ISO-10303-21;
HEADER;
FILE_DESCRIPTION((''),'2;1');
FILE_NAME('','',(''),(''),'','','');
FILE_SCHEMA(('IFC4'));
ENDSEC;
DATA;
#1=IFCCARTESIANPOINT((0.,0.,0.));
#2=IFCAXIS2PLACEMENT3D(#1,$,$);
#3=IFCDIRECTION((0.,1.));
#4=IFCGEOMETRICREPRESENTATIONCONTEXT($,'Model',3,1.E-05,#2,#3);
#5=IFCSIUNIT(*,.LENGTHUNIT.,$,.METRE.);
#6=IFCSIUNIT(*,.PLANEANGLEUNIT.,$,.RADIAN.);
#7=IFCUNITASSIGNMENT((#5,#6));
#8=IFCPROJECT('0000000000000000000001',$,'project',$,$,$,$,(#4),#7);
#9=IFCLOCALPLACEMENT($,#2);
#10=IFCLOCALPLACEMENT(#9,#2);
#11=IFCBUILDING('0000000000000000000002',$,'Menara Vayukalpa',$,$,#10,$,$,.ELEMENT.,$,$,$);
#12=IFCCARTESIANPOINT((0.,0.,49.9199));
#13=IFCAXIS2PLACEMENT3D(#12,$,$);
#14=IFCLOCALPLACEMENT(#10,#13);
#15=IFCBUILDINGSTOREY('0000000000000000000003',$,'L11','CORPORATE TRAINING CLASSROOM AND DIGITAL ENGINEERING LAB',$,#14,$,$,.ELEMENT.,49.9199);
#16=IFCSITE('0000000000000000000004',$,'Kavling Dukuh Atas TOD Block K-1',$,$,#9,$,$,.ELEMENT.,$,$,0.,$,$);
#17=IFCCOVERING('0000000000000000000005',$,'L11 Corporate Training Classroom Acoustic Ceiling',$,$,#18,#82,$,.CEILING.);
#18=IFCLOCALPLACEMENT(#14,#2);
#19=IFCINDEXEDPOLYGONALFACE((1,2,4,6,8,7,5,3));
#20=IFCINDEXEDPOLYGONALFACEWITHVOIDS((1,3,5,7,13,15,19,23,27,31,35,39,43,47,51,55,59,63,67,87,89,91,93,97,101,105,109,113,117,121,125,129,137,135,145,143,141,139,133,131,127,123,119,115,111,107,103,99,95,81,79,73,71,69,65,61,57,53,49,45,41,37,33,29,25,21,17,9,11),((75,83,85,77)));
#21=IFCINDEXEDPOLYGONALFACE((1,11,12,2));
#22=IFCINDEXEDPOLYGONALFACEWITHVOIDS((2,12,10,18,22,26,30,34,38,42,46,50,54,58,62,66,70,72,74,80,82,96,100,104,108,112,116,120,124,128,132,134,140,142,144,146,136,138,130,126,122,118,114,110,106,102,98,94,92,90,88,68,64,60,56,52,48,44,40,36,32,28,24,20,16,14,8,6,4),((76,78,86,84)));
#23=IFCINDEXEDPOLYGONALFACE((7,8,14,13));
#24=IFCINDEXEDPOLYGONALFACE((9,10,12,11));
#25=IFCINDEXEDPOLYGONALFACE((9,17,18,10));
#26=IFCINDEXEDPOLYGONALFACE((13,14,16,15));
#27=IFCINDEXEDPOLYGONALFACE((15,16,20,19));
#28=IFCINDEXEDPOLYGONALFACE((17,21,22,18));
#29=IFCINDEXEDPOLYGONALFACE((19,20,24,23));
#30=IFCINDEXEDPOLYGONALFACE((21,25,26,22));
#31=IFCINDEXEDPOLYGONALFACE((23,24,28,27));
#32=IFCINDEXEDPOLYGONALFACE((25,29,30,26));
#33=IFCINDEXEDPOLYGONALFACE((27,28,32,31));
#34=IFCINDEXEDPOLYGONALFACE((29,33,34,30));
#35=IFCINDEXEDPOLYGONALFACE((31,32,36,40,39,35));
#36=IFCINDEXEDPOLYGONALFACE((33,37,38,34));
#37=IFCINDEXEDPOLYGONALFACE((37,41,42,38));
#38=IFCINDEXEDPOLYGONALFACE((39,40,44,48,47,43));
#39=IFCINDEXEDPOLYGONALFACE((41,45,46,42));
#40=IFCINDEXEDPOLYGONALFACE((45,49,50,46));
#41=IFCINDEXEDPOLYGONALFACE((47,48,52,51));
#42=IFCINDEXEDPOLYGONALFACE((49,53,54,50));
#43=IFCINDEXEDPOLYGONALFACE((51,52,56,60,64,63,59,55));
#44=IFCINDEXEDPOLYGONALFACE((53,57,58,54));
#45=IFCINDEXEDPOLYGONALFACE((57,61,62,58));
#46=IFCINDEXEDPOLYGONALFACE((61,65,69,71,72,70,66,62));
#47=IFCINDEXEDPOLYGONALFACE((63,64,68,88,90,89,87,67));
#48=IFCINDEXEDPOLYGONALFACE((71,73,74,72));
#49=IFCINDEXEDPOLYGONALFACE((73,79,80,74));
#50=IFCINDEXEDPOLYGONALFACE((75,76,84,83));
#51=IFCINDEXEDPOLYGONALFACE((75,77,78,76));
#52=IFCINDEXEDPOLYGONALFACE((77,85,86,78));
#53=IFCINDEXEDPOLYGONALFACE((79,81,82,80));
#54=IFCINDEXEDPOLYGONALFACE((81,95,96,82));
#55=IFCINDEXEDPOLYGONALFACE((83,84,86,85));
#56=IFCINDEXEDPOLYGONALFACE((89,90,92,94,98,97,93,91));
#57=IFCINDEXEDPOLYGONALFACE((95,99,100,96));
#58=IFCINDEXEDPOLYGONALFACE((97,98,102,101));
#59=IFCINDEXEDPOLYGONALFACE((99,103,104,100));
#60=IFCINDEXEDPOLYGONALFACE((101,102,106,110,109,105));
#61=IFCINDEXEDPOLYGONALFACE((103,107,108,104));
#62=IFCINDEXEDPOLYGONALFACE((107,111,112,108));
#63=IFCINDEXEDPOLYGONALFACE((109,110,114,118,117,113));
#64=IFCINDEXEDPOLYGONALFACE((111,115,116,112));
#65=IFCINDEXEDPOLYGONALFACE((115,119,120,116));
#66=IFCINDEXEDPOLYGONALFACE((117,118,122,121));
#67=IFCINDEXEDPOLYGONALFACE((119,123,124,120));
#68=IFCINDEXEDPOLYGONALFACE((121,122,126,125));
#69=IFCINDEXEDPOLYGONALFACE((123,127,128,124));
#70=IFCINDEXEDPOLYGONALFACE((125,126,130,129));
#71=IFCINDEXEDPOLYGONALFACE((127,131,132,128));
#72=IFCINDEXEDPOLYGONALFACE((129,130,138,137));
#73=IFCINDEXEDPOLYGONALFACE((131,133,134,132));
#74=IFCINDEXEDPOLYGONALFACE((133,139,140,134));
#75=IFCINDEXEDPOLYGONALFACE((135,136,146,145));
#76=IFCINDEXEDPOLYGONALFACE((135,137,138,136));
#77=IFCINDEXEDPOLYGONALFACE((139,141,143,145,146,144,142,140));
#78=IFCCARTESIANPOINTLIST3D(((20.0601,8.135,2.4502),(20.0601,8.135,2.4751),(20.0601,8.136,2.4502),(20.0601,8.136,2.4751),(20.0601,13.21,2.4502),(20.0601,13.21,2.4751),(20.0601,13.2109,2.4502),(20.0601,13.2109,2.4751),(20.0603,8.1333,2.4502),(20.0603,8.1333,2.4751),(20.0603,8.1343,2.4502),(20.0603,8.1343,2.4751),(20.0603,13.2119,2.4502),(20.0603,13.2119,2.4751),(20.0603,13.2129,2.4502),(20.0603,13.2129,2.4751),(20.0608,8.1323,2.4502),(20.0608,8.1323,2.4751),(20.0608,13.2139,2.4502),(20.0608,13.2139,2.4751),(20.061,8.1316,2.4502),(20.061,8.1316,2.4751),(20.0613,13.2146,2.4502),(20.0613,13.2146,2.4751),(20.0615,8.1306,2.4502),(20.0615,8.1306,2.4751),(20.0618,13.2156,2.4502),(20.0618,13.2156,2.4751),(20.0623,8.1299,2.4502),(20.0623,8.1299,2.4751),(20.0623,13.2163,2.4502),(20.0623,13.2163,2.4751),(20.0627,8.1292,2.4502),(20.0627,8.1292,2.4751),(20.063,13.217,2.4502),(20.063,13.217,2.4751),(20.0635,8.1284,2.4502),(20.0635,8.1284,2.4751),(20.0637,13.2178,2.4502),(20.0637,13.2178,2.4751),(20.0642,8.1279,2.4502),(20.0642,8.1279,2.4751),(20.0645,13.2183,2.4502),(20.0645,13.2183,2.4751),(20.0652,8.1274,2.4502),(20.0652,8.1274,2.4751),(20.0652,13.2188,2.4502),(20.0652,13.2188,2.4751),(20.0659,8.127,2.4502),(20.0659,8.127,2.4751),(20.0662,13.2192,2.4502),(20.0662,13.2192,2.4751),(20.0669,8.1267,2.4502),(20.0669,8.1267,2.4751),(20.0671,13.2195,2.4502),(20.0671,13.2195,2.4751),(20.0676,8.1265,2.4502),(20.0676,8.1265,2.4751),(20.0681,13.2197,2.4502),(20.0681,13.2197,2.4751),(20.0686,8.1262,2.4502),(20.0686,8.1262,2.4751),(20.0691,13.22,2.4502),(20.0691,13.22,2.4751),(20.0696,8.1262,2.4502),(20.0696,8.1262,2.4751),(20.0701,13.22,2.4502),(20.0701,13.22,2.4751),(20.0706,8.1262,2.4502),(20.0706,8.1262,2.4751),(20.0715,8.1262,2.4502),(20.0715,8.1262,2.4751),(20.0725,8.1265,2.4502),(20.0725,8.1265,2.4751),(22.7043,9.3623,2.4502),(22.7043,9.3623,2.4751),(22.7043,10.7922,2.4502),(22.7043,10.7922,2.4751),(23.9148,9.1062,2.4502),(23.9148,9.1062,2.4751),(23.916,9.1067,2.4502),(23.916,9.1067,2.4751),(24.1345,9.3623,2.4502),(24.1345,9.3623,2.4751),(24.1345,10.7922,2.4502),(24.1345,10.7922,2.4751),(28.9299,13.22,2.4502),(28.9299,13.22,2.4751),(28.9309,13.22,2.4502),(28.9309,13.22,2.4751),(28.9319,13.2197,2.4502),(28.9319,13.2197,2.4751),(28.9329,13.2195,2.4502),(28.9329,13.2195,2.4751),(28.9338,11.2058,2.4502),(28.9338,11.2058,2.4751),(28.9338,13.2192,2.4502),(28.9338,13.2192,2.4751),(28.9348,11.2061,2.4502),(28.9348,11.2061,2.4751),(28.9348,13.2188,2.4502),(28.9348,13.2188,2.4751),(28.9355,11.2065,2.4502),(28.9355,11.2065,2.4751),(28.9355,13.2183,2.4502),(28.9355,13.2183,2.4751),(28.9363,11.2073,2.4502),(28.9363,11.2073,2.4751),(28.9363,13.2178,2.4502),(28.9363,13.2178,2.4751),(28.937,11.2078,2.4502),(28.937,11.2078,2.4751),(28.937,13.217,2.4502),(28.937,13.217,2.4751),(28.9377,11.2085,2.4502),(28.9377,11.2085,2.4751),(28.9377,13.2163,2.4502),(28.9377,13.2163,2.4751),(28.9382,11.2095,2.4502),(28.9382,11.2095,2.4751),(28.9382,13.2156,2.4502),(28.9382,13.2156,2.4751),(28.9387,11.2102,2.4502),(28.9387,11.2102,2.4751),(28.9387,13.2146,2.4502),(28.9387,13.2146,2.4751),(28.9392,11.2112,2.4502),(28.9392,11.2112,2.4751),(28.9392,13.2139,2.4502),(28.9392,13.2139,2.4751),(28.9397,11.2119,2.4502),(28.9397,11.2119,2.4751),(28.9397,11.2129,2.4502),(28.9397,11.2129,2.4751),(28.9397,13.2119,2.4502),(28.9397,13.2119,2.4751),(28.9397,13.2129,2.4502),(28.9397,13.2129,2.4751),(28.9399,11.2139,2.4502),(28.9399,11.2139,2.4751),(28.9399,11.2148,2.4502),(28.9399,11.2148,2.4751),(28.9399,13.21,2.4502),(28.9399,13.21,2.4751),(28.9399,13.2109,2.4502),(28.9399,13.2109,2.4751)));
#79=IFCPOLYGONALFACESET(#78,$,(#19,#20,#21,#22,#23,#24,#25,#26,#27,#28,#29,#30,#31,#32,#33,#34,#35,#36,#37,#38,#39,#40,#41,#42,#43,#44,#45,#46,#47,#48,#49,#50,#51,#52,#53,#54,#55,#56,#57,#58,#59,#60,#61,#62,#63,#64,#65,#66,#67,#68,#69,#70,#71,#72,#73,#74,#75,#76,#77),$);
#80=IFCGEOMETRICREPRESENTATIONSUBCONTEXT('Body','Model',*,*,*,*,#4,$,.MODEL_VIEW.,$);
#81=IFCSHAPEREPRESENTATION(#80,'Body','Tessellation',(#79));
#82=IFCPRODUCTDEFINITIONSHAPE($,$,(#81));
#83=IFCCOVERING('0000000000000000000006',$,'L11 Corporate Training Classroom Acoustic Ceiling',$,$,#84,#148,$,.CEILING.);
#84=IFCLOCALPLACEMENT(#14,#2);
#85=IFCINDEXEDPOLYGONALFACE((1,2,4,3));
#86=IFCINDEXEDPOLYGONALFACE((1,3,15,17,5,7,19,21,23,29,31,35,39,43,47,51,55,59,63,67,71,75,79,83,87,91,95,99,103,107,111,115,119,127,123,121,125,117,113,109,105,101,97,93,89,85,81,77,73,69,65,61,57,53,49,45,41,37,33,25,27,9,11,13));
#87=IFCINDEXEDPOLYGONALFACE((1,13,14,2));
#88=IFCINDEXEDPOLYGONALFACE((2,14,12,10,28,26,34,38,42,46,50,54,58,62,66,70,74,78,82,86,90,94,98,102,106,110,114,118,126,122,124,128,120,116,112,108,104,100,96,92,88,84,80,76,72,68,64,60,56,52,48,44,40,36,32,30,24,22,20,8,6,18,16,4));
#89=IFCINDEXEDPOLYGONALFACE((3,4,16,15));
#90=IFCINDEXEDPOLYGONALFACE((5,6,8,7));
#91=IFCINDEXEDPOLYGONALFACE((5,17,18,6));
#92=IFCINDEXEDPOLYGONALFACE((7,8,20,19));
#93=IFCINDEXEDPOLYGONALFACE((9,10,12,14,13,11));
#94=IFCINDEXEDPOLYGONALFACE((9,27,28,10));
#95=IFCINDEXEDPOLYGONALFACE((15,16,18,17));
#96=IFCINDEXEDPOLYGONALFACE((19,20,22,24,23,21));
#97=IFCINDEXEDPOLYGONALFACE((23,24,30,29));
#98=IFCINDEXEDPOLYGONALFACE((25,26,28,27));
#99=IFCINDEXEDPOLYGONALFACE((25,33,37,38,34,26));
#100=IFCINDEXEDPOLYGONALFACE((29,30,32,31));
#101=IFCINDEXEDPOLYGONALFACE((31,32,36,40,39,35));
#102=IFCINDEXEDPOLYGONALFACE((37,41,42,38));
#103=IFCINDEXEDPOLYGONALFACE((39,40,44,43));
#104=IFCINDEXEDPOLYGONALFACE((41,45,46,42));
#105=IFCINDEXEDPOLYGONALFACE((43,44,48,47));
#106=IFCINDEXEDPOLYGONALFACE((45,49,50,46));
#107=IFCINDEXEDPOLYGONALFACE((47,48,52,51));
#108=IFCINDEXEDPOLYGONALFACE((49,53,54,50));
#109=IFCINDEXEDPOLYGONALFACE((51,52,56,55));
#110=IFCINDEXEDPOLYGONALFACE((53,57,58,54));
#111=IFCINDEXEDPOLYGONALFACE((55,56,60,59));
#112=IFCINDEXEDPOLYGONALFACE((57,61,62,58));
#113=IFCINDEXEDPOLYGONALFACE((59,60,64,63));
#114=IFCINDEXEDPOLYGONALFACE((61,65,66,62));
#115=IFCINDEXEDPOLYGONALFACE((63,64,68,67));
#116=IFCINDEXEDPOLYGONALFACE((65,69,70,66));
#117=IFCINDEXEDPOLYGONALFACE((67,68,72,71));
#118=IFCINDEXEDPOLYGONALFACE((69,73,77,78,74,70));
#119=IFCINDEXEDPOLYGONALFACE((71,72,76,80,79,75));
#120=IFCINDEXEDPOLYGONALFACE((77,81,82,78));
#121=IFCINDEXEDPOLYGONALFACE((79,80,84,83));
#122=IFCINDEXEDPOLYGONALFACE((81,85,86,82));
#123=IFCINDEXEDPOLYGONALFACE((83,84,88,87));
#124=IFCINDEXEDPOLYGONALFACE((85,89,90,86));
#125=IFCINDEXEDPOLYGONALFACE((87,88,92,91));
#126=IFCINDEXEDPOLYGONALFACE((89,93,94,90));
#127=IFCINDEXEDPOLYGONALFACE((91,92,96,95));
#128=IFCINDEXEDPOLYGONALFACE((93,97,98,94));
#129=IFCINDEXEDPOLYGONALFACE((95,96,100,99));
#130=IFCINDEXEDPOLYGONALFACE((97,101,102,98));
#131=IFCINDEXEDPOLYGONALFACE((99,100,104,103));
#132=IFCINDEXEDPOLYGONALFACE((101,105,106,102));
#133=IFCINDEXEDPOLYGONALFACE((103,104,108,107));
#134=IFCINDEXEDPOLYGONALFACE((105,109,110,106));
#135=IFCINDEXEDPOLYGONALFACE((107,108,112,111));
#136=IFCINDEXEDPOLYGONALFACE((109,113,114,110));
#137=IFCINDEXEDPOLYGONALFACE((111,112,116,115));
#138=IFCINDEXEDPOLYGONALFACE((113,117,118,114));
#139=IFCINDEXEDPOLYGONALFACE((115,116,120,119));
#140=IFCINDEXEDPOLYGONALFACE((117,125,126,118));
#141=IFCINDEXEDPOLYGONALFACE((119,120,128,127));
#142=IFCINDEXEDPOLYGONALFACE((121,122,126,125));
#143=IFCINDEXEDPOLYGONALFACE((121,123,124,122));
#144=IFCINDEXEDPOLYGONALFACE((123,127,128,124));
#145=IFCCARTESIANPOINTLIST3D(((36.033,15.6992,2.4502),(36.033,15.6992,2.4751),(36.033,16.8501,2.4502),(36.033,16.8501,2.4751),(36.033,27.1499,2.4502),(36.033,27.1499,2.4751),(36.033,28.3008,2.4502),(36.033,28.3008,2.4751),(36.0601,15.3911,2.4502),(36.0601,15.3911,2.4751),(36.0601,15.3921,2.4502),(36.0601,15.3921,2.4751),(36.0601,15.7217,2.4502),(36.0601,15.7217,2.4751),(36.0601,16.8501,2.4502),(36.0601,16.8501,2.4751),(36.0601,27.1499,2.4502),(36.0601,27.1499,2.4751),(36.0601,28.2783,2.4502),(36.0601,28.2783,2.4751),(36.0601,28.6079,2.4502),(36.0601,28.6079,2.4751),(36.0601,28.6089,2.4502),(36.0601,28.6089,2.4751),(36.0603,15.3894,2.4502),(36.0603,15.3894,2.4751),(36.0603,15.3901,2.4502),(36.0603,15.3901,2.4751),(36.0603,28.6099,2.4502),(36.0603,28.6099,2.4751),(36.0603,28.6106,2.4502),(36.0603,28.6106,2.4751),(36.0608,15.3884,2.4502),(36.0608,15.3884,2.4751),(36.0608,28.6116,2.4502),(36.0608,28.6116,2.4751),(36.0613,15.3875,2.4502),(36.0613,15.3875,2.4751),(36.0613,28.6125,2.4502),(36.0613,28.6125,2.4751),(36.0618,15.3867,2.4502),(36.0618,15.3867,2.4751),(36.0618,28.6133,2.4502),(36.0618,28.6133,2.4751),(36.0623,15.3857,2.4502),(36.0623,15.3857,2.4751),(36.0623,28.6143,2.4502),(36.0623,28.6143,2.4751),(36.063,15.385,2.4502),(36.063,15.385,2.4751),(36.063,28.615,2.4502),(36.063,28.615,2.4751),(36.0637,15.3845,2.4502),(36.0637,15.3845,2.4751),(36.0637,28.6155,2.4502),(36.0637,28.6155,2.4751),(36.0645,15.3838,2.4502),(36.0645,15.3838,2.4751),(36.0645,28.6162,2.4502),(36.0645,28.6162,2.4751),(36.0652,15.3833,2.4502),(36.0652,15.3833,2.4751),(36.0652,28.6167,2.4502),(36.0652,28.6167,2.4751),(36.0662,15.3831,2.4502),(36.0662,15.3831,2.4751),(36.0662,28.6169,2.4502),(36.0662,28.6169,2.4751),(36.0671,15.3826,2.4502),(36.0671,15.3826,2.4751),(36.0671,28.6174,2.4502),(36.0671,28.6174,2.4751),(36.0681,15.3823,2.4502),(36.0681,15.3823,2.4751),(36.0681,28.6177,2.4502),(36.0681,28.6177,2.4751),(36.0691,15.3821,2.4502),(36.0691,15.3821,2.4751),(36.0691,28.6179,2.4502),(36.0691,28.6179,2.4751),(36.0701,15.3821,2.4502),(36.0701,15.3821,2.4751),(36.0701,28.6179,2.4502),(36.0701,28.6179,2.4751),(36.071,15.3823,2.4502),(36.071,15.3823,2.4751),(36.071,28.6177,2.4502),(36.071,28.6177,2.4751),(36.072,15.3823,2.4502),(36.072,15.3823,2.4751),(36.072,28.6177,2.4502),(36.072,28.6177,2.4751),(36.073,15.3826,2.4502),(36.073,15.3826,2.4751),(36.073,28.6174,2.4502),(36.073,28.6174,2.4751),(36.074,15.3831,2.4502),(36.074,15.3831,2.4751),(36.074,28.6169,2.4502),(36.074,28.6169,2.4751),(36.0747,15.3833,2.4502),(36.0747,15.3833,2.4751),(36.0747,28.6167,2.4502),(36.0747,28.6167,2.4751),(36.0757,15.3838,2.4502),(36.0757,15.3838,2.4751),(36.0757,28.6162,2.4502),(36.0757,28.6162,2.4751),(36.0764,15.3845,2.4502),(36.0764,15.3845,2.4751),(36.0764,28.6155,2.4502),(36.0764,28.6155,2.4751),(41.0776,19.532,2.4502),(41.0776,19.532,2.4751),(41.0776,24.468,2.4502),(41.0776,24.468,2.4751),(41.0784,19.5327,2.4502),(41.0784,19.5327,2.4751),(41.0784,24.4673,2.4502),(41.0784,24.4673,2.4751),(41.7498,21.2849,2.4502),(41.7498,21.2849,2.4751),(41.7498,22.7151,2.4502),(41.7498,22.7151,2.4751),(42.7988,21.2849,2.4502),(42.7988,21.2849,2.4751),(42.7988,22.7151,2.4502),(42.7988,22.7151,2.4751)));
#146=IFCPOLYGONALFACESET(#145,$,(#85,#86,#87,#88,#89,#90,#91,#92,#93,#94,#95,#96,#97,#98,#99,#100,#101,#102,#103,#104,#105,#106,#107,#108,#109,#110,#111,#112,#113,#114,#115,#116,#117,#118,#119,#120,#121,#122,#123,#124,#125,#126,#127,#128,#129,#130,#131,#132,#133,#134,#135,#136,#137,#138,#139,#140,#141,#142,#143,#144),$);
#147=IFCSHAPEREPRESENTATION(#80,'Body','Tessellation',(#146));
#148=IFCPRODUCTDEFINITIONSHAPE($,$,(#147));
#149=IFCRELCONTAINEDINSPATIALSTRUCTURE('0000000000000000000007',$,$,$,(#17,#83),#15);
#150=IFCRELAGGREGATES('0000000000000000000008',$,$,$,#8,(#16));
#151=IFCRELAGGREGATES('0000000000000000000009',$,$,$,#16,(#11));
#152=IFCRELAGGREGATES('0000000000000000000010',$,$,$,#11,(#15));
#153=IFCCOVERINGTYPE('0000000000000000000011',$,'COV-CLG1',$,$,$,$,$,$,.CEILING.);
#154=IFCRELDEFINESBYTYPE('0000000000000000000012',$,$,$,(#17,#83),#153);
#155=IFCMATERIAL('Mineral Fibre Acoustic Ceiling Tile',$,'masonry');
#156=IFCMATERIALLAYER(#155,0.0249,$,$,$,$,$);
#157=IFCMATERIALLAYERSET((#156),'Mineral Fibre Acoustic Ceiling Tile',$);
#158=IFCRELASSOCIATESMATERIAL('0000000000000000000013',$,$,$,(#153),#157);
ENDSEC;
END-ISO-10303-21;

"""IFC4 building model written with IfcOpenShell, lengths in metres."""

from ifc_helpers import new_model, si_unit, direction, frame, origin, place, context, subcontext, project, spatial, polyline, outline, extrude, material, layer, layer_set, type_object, element, save


model = new_model("IFC4")

# Units and contexts
model_context = context("Model", 3, precision=1e-05, world=origin(), true_north=direction((0.0, 1.0)))
body_context = subcontext(model_context, "Body", "Model", "MODEL_VIEW")
ifc_project = project(units=[si_unit("LENGTHUNIT", "METRE"), si_unit("PLANEANGLEUNIT", "RADIAN")], contexts=[model_context])

# Site, building, storey
site_placement = place(None, origin())
site = spatial("IfcSite", under=ifc_project, at=site_placement, Name="Kavling Dukuh Atas TOD Block K-1", CompositionType="ELEMENT", RefElevation=0.0)
building_placement = place(site_placement, origin())
building = spatial("IfcBuilding", under=site, at=building_placement, Name="Menara Vayukalpa", CompositionType="ELEMENT")
storey_placement = place(building_placement, frame((0.0, 0.0, 49.9199)))
storey = spatial("IfcBuildingStorey", under=building, at=storey_placement, Name="L11", Description="CORPORATE TRAINING CLASSROOM AND DIGITAL ENGINEERING LAB", CompositionType="ELEMENT", Elevation=49.9199)

# Coverings
ifc_material_1 = material(Name="Mineral Fibre Acoustic Ceiling Tile", Category="masonry")
ifc_layer_1 = layer(ifc_material_1, 0.0249)
ifc_layer_set_1 = layer_set([ifc_layer_1], Name="Mineral Fibre Acoustic Ceiling Tile")
covering_type_1 = type_object("IfcCoveringType", Name="COV-CLG1", PredefinedType="CEILING", material=ifc_layer_set_1)
covering_1_placement = place(storey_placement, frame((0.0, 0.0, 2.4502)))
element("IfcCovering", 1, at=covering_1_placement, inside=storey, type_object=covering_type_1, Name="L11 Corporate Training Classroom Acoustic Ceiling", PredefinedType="CEILING", context=body_context, shape_type="SweptSolid", body=[
    extrude(outline(polyline([(20.0725, 8.1265), (20.0715, 8.1262), (20.0706, 8.1262), (20.0696, 8.1262), (20.0686, 8.1262), (20.0676, 8.1265), (20.0669, 8.1267), (20.0659, 8.127), (20.0652, 8.1274), (20.0642, 8.1279), (20.0635, 8.1284), (20.0627, 8.1292), (20.0623, 8.1299), (20.0615, 8.1306), (20.061, 8.1316), (20.0608, 8.1323), (20.0603, 8.1333), (20.0603, 8.1343), (20.0601, 8.135), (20.0601, 8.136), (20.0601, 13.21), (20.0601, 13.2109), (20.0603, 13.2119), (20.0603, 13.2129), (20.0608, 13.2139), (20.0613, 13.2146), (20.0618, 13.2156), (20.0623, 13.2163), (20.063, 13.217), (20.0637, 13.2178), (20.0645, 13.2183), (20.0652, 13.2188), (20.0662, 13.2192), (20.0671, 13.2195), (20.0681, 13.2197), (20.0691, 13.22), (20.0701, 13.22), (28.9299, 13.22), (28.9309, 13.22), (28.9319, 13.2197), (28.9329, 13.2195), (28.9338, 13.2192), (28.9348, 13.2188), (28.9355, 13.2183), (28.9363, 13.2178), (28.937, 13.217), (28.9377, 13.2163), (28.9382, 13.2156), (28.9387, 13.2146), (28.9392, 13.2139), (28.9397, 13.2129), (28.9397, 13.2119), (28.9399, 13.2109), (28.9399, 13.21), (28.9399, 11.2148), (28.9399, 11.2139), (28.9397, 11.2129), (28.9397, 11.2119), (28.9392, 11.2112), (28.9387, 11.2102), (28.9382, 11.2095), (28.9377, 11.2085), (28.937, 11.2078), (28.9363, 11.2073), (28.9355, 11.2065), (28.9348, 11.2061), (28.9338, 11.2058), (23.916, 9.1067), (23.9148, 9.1062), (20.0725, 8.1265)]), holes=[polyline([(24.1345, 10.7922), (22.7043, 10.7922), (22.7043, 9.3623), (24.1345, 9.3623), (24.1345, 10.7922)])]), origin(), (0.0, 0.0, 1.0), 0.0249),
])
covering_2_placement = place(storey_placement, frame((0.0, 0.0, 2.4502)))
element("IfcCovering", 2, at=covering_2_placement, inside=storey, type_object=covering_type_1, Name="L11 Corporate Training Classroom Acoustic Ceiling", PredefinedType="CEILING", context=body_context, shape_type="SweptSolid", body=[
    extrude(outline(polyline([(36.0601, 27.1499), (36.033, 27.1499), (36.033, 28.3008), (36.0601, 28.2783), (36.0601, 28.6079), (36.0601, 28.6089), (36.0603, 28.6099), (36.0603, 28.6106), (36.0608, 28.6116), (36.0613, 28.6125), (36.0618, 28.6133), (36.0623, 28.6143), (36.063, 28.615), (36.0637, 28.6155), (36.0645, 28.6162), (36.0652, 28.6167), (36.0662, 28.6169), (36.0671, 28.6174), (36.0681, 28.6177), (36.0691, 28.6179), (36.0701, 28.6179), (36.071, 28.6177), (36.072, 28.6177), (36.073, 28.6174), (36.074, 28.6169), (36.0747, 28.6167), (36.0757, 28.6162), (36.0764, 28.6155), (41.0776, 24.468), (41.0784, 24.4673), (42.7988, 22.7151), (41.7498, 22.7151), (41.7498, 21.2849), (42.7988, 21.2849), (41.0784, 19.5327), (41.0776, 19.532), (36.0764, 15.3845), (36.0757, 15.3838), (36.0747, 15.3833), (36.074, 15.3831), (36.073, 15.3826), (36.072, 15.3823), (36.071, 15.3823), (36.0701, 15.3821), (36.0691, 15.3821), (36.0681, 15.3823), (36.0671, 15.3826), (36.0662, 15.3831), (36.0652, 15.3833), (36.0645, 15.3838), (36.0637, 15.3845), (36.063, 15.385), (36.0623, 15.3857), (36.0618, 15.3867), (36.0613, 15.3875), (36.0608, 15.3884), (36.0603, 15.3894), (36.0603, 15.3901), (36.0601, 15.3911), (36.0601, 15.3921), (36.0601, 15.7217), (36.033, 15.6992), (36.033, 16.8501), (36.0601, 16.8501), (36.0601, 27.1499)])), origin(), (0.0, 0.0, 1.0), 0.0249),
])

save(model, "model.ifc")
